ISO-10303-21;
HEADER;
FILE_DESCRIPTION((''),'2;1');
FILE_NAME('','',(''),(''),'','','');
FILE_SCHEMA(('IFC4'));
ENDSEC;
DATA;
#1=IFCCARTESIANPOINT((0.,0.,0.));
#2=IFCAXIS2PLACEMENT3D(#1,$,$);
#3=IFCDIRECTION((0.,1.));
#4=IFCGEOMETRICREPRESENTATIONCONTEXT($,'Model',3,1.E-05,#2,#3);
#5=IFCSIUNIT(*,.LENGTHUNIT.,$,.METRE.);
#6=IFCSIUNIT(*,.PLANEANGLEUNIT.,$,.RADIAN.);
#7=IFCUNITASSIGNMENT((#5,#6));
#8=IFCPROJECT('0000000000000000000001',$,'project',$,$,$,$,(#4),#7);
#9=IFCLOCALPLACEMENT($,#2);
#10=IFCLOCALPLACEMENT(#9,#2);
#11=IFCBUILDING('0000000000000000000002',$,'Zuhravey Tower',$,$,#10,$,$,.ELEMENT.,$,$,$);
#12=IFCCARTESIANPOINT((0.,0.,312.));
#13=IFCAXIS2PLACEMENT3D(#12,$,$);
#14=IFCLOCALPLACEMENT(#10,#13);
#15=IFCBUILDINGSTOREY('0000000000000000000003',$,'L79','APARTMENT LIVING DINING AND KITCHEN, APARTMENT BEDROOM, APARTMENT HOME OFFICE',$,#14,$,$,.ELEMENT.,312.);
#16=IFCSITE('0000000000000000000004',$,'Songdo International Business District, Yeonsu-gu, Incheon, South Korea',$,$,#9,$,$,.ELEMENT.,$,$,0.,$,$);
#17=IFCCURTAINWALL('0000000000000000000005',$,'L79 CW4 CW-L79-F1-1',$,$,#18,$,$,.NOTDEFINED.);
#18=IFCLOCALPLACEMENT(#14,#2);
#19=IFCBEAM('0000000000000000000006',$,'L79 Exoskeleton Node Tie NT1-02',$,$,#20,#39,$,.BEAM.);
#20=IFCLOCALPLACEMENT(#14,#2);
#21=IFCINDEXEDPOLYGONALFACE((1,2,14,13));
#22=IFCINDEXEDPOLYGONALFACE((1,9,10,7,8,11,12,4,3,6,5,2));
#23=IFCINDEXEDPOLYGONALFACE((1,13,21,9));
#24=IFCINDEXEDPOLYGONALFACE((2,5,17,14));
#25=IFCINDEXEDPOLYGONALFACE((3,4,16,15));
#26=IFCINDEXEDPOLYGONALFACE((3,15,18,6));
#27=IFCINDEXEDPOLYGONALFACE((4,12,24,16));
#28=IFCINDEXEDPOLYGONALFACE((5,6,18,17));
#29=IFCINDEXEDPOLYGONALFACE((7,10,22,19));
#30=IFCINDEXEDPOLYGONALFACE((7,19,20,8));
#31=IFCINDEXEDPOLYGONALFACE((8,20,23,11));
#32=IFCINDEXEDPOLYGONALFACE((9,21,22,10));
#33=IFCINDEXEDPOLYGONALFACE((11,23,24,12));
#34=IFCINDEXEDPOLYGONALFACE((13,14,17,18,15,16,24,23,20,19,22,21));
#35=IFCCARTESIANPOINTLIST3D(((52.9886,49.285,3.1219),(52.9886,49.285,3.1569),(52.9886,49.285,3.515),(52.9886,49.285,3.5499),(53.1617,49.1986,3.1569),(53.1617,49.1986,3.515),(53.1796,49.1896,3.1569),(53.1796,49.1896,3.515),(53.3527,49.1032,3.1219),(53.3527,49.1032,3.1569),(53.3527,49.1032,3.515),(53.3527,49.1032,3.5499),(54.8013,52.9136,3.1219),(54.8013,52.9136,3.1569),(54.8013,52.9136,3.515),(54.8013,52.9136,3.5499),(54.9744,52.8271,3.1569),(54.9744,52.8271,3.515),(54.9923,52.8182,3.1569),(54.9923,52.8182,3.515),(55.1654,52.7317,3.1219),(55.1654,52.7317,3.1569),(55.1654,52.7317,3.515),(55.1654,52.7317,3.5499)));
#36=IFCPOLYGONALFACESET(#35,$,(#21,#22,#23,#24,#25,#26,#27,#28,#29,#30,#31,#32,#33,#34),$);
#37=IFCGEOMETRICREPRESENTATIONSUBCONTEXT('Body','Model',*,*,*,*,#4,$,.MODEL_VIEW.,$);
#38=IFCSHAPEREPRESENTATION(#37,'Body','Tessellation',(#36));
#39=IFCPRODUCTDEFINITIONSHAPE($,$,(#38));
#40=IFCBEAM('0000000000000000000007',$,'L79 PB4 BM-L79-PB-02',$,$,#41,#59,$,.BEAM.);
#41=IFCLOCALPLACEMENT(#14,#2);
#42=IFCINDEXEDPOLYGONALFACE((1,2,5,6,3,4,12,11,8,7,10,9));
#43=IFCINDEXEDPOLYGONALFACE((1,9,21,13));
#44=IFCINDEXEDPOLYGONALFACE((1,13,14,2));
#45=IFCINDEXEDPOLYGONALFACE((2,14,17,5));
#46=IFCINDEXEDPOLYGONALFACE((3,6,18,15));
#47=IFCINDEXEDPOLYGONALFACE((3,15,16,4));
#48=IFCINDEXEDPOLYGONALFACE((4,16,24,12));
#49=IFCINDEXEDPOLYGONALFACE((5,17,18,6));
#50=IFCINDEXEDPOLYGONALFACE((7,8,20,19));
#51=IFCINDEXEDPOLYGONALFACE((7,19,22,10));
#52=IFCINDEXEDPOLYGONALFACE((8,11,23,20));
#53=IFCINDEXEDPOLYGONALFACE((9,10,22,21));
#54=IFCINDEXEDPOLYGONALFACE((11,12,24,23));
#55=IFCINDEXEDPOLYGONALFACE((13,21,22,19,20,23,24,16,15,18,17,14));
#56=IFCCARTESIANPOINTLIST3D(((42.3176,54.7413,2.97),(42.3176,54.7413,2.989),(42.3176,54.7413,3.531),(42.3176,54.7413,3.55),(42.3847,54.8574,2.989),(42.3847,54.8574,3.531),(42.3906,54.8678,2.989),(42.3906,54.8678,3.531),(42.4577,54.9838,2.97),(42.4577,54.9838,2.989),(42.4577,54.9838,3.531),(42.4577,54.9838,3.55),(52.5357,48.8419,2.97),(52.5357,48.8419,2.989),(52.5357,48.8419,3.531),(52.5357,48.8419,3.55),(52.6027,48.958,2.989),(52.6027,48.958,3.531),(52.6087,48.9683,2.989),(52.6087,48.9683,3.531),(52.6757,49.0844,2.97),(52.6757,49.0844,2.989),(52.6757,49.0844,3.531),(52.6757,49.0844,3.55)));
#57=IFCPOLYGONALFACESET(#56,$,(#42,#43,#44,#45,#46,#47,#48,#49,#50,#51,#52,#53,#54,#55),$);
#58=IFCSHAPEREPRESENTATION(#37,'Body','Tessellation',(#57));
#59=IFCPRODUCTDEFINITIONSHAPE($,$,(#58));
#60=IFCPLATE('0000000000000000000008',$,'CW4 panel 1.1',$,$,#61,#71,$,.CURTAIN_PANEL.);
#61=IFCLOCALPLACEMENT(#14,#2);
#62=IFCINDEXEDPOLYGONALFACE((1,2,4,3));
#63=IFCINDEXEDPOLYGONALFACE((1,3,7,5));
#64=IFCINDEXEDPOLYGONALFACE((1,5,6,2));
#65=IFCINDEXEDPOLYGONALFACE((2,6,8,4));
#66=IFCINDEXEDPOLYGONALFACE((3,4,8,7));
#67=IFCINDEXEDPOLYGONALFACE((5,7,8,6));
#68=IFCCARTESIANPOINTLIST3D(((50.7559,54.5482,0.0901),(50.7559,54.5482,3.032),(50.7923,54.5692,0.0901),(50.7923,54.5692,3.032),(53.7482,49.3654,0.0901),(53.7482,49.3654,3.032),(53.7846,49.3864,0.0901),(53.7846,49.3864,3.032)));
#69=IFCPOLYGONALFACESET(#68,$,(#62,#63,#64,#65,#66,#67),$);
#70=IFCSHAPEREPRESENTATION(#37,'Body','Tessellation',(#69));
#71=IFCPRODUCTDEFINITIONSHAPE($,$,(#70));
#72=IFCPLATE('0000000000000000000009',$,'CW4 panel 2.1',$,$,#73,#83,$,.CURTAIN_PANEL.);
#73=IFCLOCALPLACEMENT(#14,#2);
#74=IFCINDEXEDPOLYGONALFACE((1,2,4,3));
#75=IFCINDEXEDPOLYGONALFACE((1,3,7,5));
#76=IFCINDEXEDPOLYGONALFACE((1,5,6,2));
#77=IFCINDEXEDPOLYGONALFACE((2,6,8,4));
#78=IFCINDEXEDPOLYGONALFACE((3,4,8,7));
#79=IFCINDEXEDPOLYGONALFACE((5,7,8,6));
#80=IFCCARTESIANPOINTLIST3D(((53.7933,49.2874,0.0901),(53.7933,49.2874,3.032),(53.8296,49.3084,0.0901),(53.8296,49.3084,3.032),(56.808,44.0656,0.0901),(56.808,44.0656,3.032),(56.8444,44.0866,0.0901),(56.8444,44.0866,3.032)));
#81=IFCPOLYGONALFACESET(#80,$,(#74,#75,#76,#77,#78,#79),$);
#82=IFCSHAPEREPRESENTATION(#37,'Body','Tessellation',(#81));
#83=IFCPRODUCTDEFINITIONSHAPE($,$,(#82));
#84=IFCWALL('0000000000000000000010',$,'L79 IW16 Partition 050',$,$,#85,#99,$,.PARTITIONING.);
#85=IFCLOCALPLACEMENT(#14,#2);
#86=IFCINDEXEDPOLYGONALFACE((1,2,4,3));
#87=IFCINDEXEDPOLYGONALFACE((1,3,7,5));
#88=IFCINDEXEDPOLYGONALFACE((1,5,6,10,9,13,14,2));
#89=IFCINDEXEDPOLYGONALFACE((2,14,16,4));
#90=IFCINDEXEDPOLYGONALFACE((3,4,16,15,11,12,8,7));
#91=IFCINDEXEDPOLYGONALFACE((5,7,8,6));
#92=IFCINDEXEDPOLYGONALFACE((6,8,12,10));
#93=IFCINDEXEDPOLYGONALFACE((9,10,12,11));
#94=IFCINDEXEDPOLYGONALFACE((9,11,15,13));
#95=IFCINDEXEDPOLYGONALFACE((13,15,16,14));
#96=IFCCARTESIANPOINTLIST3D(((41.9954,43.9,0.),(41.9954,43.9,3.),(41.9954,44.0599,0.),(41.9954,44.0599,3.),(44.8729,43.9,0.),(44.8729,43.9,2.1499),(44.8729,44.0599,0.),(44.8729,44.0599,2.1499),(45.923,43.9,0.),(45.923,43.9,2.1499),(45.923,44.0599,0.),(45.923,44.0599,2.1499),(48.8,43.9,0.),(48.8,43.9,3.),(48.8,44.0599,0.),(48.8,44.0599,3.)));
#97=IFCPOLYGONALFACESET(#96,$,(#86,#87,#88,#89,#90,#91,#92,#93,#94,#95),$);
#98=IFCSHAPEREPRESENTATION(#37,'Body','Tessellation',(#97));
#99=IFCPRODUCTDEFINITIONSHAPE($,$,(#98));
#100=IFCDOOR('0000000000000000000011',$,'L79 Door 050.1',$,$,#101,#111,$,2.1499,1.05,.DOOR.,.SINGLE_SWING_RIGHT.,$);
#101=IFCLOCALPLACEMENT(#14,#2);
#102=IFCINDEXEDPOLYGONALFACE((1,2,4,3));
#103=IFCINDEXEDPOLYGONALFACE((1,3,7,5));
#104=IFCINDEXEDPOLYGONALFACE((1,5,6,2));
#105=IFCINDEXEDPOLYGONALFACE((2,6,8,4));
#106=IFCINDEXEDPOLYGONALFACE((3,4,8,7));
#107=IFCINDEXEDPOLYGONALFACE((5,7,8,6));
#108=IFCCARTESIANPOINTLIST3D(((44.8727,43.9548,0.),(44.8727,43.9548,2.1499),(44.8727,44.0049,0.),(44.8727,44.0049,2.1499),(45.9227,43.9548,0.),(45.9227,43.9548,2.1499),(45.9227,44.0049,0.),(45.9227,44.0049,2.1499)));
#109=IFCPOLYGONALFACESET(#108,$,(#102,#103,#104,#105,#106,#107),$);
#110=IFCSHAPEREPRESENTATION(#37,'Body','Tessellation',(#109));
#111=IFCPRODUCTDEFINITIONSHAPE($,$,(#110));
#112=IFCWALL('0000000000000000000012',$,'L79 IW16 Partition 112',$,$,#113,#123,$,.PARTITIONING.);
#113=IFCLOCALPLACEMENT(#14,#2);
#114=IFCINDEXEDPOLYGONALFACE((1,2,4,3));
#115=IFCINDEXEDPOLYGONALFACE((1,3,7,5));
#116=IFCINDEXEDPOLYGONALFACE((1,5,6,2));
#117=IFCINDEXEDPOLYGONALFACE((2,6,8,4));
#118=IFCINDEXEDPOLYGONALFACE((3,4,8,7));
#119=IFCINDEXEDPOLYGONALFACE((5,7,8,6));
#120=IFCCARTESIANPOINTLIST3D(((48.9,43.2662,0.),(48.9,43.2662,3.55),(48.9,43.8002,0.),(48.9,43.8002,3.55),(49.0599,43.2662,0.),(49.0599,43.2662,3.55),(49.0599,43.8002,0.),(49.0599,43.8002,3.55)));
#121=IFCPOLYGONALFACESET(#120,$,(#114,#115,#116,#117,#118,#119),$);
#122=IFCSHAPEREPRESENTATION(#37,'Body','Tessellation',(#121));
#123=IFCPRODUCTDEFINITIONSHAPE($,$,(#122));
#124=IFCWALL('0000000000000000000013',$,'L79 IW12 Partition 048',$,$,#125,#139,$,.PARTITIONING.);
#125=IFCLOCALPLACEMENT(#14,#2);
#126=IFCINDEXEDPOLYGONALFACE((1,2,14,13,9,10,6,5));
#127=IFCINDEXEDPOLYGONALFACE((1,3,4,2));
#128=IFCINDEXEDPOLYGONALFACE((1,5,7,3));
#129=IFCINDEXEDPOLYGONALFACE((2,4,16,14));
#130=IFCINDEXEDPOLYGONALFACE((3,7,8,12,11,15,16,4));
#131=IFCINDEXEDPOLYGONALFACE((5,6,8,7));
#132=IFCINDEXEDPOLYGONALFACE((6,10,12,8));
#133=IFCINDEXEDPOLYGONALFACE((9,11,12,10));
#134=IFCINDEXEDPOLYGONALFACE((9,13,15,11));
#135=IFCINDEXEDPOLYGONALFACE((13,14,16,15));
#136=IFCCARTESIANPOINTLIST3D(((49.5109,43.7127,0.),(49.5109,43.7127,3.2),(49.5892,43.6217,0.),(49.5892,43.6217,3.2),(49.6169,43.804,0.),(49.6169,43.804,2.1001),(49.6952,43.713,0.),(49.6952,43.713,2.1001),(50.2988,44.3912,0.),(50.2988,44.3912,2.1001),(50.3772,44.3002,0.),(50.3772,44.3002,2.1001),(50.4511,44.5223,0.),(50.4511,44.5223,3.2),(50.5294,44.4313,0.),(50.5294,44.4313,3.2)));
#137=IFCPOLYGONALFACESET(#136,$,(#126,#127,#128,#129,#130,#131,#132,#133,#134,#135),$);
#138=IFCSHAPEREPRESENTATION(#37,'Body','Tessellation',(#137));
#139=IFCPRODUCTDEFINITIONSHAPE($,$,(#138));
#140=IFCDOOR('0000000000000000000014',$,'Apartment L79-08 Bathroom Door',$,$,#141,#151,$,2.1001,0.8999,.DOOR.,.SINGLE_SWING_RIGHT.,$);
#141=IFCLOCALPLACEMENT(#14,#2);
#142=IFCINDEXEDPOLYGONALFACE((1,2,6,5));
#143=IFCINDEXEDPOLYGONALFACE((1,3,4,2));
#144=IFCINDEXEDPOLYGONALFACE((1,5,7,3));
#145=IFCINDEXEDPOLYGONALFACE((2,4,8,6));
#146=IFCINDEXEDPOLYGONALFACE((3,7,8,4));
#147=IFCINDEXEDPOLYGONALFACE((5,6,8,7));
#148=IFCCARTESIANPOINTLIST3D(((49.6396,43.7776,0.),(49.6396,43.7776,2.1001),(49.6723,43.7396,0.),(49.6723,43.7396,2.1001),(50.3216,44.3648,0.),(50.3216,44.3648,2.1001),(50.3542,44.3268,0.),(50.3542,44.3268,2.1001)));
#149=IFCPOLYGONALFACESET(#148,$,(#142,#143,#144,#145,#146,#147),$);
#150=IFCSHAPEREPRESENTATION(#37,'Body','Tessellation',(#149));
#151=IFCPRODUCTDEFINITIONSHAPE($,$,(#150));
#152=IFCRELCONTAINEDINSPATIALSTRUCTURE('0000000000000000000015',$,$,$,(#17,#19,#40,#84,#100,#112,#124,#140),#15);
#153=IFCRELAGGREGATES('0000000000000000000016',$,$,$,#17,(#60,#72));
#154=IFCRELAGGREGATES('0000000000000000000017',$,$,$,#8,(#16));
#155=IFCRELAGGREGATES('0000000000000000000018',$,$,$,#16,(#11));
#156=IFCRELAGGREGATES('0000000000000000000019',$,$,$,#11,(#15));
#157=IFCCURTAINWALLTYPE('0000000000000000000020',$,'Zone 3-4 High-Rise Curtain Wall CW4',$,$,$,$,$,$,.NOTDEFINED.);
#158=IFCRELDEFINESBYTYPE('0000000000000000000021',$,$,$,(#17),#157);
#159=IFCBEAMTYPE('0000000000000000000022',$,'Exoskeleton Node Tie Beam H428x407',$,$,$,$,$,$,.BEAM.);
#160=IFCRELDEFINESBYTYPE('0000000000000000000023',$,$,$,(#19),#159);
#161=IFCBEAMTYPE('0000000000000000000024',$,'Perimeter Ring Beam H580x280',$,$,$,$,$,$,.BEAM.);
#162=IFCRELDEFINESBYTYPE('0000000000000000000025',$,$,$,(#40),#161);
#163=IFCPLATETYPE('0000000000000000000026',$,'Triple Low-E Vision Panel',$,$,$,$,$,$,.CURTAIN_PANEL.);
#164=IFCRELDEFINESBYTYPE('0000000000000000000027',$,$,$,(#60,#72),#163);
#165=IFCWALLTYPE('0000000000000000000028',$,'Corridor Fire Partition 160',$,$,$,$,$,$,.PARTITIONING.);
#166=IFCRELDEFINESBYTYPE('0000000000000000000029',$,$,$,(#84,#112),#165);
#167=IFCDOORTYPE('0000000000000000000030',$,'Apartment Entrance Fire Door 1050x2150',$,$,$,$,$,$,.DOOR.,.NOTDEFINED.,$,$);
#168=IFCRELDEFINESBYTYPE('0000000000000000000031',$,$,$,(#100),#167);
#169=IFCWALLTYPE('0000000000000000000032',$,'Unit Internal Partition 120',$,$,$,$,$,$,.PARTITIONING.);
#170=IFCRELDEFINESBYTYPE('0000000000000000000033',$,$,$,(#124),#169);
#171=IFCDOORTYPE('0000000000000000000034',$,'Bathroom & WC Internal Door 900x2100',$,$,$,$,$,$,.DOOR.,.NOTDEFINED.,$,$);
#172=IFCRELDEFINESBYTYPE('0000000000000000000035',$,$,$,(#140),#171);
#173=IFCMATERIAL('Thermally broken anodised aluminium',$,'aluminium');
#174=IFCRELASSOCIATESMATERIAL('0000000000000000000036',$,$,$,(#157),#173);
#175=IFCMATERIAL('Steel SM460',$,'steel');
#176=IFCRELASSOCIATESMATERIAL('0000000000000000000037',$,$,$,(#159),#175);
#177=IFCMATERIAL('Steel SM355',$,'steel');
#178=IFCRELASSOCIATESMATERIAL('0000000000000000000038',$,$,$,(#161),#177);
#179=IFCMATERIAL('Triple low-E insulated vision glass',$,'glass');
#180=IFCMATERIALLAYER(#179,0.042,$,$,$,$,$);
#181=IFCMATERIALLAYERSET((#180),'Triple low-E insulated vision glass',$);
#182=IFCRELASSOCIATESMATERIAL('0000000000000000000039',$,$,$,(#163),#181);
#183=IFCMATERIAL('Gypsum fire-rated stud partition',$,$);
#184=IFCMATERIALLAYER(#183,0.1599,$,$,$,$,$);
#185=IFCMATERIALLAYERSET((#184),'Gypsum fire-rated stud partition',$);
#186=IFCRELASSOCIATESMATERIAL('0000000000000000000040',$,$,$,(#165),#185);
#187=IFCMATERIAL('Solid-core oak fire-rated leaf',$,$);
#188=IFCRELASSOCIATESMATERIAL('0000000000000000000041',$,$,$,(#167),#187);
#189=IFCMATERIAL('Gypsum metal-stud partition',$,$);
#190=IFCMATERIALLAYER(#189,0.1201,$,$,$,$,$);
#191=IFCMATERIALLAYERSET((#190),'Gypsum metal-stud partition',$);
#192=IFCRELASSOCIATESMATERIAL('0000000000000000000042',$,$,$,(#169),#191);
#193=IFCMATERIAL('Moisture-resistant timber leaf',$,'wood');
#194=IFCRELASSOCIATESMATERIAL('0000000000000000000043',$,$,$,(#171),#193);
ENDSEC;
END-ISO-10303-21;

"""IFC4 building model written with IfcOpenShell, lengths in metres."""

from ifc_helpers import new_model, si_unit, direction, frame, frame_2d, origin, origin_2d, place, context, subcontext, project, spatial, rectangle, i_section, extrude, material, layer, layer_set, material_profile, profile_set, type_object, element, fill, aggregate, save


model = new_model("IFC4")

# Units and contexts
model_context = context("Model", 3, precision=1e-05, world=origin(), true_north=direction((0.0, 1.0)))
body_context = subcontext(model_context, "Body", "Model", "MODEL_VIEW")
ifc_project = project(units=[si_unit("LENGTHUNIT", "METRE"), si_unit("PLANEANGLEUNIT", "RADIAN")], contexts=[model_context])

# Site, building, storey
site_placement = place(None, origin())
site = spatial("IfcSite", under=ifc_project, at=site_placement, Name="Songdo International Business District, Yeonsu-gu, Incheon, South Korea", CompositionType="ELEMENT", RefElevation=0.0)
building_placement = place(site_placement, origin())
building = spatial("IfcBuilding", under=site, at=building_placement, Name="Zuhravey Tower", CompositionType="ELEMENT")
storey_placement = place(building_placement, frame((0.0, 0.0, 312.0)))
storey = spatial("IfcBuildingStorey", under=building, at=storey_placement, Name="L79", Description="APARTMENT LIVING DINING AND KITCHEN, APARTMENT BEDROOM, APARTMENT HOME OFFICE", CompositionType="ELEMENT", Elevation=312.0)

# Shared definitions
ifc_material_1 = material(Name="Thermally broken anodised aluminium", Category="aluminium")
curtain_wall_type = type_object("IfcCurtainWallType", Name="Zone 3-4 High-Rise Curtain Wall CW4", PredefinedType="NOTDEFINED", material=ifc_material_1)

# Curtain wall
curtain_wall_1_placement = place(storey_placement, origin())
curtain_wall_1 = element("IfcCurtainWall", 1, at=curtain_wall_1_placement, inside=storey, type_object=curtain_wall_type, Name="L79 CW4 CW-L79-F1-1", PredefinedType="NOTDEFINED")

# Beams
ifc_material_2 = material(Name="Steel SM460", Category="steel")
ifc_material_profile_1 = material_profile(ifc_material_2, i_section(OverallWidth=0.407, OverallDepth=0.428, WebThickness=0.02, FlangeThickness=0.0349, at=origin_2d()), Name="H-428x407x20x35")
ifc_profile_set_1 = profile_set([ifc_material_profile_1], Name="Steel SM460")
beam_type_1 = type_object("IfcBeamType", Name="Exoskeleton Node Tie Beam H428x407", PredefinedType="BEAM", material=ifc_profile_set_1)
beam_1_placement = place(storey_placement, frame((53.1707, 49.1941, 3.3359), z_axis=(0.446901, 0.894584, 0.0), x_axis=(-0.894584, 0.446901, 0.0)))
element("IfcBeam", 2, at=beam_1_placement, inside=storey, type_object=beam_type_1, Name="L79 Exoskeleton Node Tie NT1-02", PredefinedType="BEAM", context=body_context, shape_type="SweptSolid", body=[
    extrude(i_section(OverallWidth=0.407, OverallDepth=0.428, WebThickness=0.02, FlangeThickness=0.0349, at=origin_2d()), origin(), (0.0, 0.0, 1.0), 4.0562),
])
ifc_material_3 = material(Name="Steel SM355", Category="steel")
ifc_material_profile_2 = material_profile(ifc_material_3, i_section(OverallWidth=0.28, OverallDepth=0.5801, WebThickness=0.012, FlangeThickness=0.019, at=origin_2d()), Name="H-580x280x12x19")
ifc_profile_set_2 = profile_set([ifc_material_profile_2], Name="Steel SM355")
beam_type_2 = type_object("IfcBeamType", Name="Perimeter Ring Beam H580x280", PredefinedType="BEAM", material=ifc_profile_set_2)
beam_2_placement = place(storey_placement, frame((52.6057, 48.9631, 3.26), z_axis=(-0.866024, 0.500002, 0.0), x_axis=(-0.500002, -0.866024, 0.0)))
element("IfcBeam", 3, at=beam_2_placement, inside=storey, type_object=beam_type_2, Name="L79 PB4 BM-L79-PB-02", PredefinedType="BEAM", context=body_context, shape_type="SweptSolid", body=[
    extrude(i_section(OverallWidth=0.28, OverallDepth=0.5801, WebThickness=0.012, FlangeThickness=0.019, at=origin_2d()), origin(), (0.0, 0.0, 1.0), 11.7988),
])

# Plates
ifc_material_4 = material(Name="Triple low-E insulated vision glass", Category="glass")
ifc_layer_1 = layer(ifc_material_4, 0.042)
ifc_layer_set_1 = layer_set([ifc_layer_1], Name="Triple low-E insulated vision glass")
plate_type = type_object("IfcPlateType", Name="Triple Low-E Vision Panel", PredefinedType="CURTAIN_PANEL", material=ifc_layer_set_1)
plate_1_placement = place(storey_placement, frame((52.2703, 51.9673, 0.0901), z_axis=(0.0, 0.0, 1.0), x_axis=(0.5, -0.866026, 0.0)))
plate_1 = element("IfcPlate", 4, at=plate_1_placement, type_object=plate_type, Name="CW4 panel 1.1", PredefinedType="CURTAIN_PANEL", context=body_context, shape_type="SweptSolid", body=[
    extrude(rectangle(XDim=5.9846, YDim=0.042, at=origin_2d()), origin(), (0.0, 0.0, 1.0), 2.9419),
])
plate_2_placement = place(storey_placement, frame((55.3188, 46.687, 0.0901), z_axis=(0.0, 0.0, 1.0), x_axis=(0.5, -0.866026, 0.0)))
plate_2 = element("IfcPlate", 5, at=plate_2_placement, type_object=plate_type, Name="CW4 panel 2.1", PredefinedType="CURTAIN_PANEL", context=body_context, shape_type="SweptSolid", body=[
    extrude(rectangle(XDim=6.0295, YDim=0.042, at=origin_2d()), origin(), (0.0, 0.0, 1.0), 2.9419),
])
aggregate(curtain_wall_1, [plate_1, plate_2])

# Wall, opening, door
ifc_material_5 = material(Name="Gypsum fire-rated stud partition")
ifc_layer_2 = layer(ifc_material_5, 0.1599)
ifc_layer_set_2 = layer_set([ifc_layer_2], Name="Gypsum fire-rated stud partition")
wall_type_1 = type_object("IfcWallType", Name="Corridor Fire Partition 160", PredefinedType="PARTITIONING", material=ifc_layer_set_2)
wall_1_placement = place(storey_placement, frame((48.8, 43.98, 0.0), z_axis=(0.0, 0.0, 1.0), x_axis=(-1.0, 0.0, 0.0)))
wall_1 = element("IfcWall", 6, at=wall_1_placement, inside=storey, type_object=wall_type_1, Name="L79 IW16 Partition 050", PredefinedType="PARTITIONING", context=body_context, shape_type="SweptSolid", body=[
    extrude(rectangle(XDim=6.8047, YDim=0.1599, at=frame_2d((3.4023, 0.0))), origin(), (0.0, 0.0, 1.0), 3.0),
])
opening_1_placement = place(wall_1_placement, frame((2.8772, 0.0, 0.0)))
opening_1 = element("IfcOpeningElement", 7, at=opening_1_placement, cuts=wall_1, PredefinedType="OPENING", context=body_context, shape_type="SweptSolid", body=[
    extrude(rectangle(XDim=1.05, YDim=2.1499, at=frame_2d((0.5249, 1.075))), frame((0.0, 0.092, 0.0), z_axis=(0.0, -1.0, 0.0), x_axis=(1.0, 0.0, 0.0)), (0.0, 0.0, 1.0), 0.1838),
])
ifc_material_6 = material(Name="Solid-core oak fire-rated leaf")
door_type_1 = type_object("IfcDoorType", Name="Apartment Entrance Fire Door 1050x2150", OperationType="NOTDEFINED", PredefinedType="DOOR", material=ifc_material_6)
door_1_placement = place(opening_1_placement, frame((1.05, 0.0, 0.0), z_axis=(0.0, 0.0, 1.0), x_axis=(-1.0, 0.0, 0.0)))
door_1 = element("IfcDoor", 8, at=door_1_placement, inside=storey, type_object=door_type_1, Name="L79 Door 050.1", OperationType="SINGLE_SWING_RIGHT", OverallHeight=2.1499, OverallWidth=1.05, PredefinedType="DOOR", context=body_context, shape_type="SweptSolid", body=[
    extrude(rectangle(XDim=1.05, YDim=2.1499, at=frame_2d((0.5249, 1.075))), frame((0.0, 0.0249, 0.0), z_axis=(0.0, -1.0, 0.0), x_axis=(1.0, 0.0, 0.0)), (0.0, 0.0, 1.0), 0.05),
])
fill(opening_1, door_1)

# Wall
wall_2_placement = place(storey_placement, frame((48.98, 43.2661, 0.0), z_axis=(0.0, 0.0, 1.0), x_axis=(0.0, 1.0, 0.0)))
element("IfcWall", 9, at=wall_2_placement, inside=storey, type_object=wall_type_1, Name="L79 IW16 Partition 112", PredefinedType="PARTITIONING", context=body_context, shape_type="SweptSolid", body=[
    extrude(rectangle(XDim=0.5339, YDim=0.1599, at=frame_2d((0.2671, 0.0))), origin(), (0.0, 0.0, 1.0), 3.55),
])

# Wall, opening, door
ifc_material_7 = material(Name="Gypsum metal-stud partition")
ifc_layer_3 = layer(ifc_material_7, 0.1201)
ifc_layer_set_3 = layer_set([ifc_layer_3], Name="Gypsum metal-stud partition")
wall_type_2 = type_object("IfcWallType", Name="Unit Internal Partition 120", PredefinedType="PARTITIONING", material=ifc_layer_set_3)
wall_3_placement = place(storey_placement, frame((49.55, 43.6672, 0.0), z_axis=(0.0, 0.0, 1.0), x_axis=(0.757782, 0.652507, 0.0)))
wall_3 = element("IfcWall", 10, at=wall_3_placement, inside=storey, type_object=wall_type_2, Name="L79 IW12 Partition 048", PredefinedType="PARTITIONING", context=body_context, shape_type="SweptSolid", body=[
    extrude(rectangle(XDim=1.2407, YDim=0.1201, at=frame_2d((0.6204, 0.0))), origin(), (0.0, 0.0, 1.0), 3.2),
])
opening_2_placement = place(wall_3_placement, frame((0.1399, 0.0, 0.0)))
opening_2 = element("IfcOpeningElement", 11, at=opening_2_placement, cuts=wall_3, PredefinedType="OPENING", context=body_context, shape_type="SweptSolid", body=[
    extrude(rectangle(XDim=0.8999, YDim=2.1001, at=frame_2d((0.45, 1.05))), frame((0.0, 0.072, 0.0), z_axis=(0.0, -1.0, 0.0), x_axis=(1.0, 0.0, 0.0)), (0.0, 0.0, 1.0), 0.144),
])
ifc_material_8 = material(Name="Moisture-resistant timber leaf", Category="wood")
door_type_2 = type_object("IfcDoorType", Name="Bathroom & WC Internal Door 900x2100", OperationType="NOTDEFINED", PredefinedType="DOOR", material=ifc_material_8)
door_2_placement = place(opening_2_placement, frame((0.8999, 0.0, 0.0), z_axis=(0.0, 0.0, 1.0), x_axis=(-1.0, 0.0, 0.0)))
door_2 = element("IfcDoor", 12, at=door_2_placement, inside=storey, type_object=door_type_2, Name="Apartment L79-08 Bathroom Door", OperationType="SINGLE_SWING_RIGHT", OverallHeight=2.1001, OverallWidth=0.8999, PredefinedType="DOOR", context=body_context, shape_type="SweptSolid", body=[
    extrude(rectangle(XDim=0.8999, YDim=2.1001, at=frame_2d((0.45, 1.05))), frame((0.0, 0.0249, 0.0), z_axis=(0.0, -1.0, 0.0), x_axis=(1.0, 0.0, 0.0)), (0.0, 0.0, 1.0), 0.05),
])
fill(opening_2, door_2)

save(model, "model.ifc")
